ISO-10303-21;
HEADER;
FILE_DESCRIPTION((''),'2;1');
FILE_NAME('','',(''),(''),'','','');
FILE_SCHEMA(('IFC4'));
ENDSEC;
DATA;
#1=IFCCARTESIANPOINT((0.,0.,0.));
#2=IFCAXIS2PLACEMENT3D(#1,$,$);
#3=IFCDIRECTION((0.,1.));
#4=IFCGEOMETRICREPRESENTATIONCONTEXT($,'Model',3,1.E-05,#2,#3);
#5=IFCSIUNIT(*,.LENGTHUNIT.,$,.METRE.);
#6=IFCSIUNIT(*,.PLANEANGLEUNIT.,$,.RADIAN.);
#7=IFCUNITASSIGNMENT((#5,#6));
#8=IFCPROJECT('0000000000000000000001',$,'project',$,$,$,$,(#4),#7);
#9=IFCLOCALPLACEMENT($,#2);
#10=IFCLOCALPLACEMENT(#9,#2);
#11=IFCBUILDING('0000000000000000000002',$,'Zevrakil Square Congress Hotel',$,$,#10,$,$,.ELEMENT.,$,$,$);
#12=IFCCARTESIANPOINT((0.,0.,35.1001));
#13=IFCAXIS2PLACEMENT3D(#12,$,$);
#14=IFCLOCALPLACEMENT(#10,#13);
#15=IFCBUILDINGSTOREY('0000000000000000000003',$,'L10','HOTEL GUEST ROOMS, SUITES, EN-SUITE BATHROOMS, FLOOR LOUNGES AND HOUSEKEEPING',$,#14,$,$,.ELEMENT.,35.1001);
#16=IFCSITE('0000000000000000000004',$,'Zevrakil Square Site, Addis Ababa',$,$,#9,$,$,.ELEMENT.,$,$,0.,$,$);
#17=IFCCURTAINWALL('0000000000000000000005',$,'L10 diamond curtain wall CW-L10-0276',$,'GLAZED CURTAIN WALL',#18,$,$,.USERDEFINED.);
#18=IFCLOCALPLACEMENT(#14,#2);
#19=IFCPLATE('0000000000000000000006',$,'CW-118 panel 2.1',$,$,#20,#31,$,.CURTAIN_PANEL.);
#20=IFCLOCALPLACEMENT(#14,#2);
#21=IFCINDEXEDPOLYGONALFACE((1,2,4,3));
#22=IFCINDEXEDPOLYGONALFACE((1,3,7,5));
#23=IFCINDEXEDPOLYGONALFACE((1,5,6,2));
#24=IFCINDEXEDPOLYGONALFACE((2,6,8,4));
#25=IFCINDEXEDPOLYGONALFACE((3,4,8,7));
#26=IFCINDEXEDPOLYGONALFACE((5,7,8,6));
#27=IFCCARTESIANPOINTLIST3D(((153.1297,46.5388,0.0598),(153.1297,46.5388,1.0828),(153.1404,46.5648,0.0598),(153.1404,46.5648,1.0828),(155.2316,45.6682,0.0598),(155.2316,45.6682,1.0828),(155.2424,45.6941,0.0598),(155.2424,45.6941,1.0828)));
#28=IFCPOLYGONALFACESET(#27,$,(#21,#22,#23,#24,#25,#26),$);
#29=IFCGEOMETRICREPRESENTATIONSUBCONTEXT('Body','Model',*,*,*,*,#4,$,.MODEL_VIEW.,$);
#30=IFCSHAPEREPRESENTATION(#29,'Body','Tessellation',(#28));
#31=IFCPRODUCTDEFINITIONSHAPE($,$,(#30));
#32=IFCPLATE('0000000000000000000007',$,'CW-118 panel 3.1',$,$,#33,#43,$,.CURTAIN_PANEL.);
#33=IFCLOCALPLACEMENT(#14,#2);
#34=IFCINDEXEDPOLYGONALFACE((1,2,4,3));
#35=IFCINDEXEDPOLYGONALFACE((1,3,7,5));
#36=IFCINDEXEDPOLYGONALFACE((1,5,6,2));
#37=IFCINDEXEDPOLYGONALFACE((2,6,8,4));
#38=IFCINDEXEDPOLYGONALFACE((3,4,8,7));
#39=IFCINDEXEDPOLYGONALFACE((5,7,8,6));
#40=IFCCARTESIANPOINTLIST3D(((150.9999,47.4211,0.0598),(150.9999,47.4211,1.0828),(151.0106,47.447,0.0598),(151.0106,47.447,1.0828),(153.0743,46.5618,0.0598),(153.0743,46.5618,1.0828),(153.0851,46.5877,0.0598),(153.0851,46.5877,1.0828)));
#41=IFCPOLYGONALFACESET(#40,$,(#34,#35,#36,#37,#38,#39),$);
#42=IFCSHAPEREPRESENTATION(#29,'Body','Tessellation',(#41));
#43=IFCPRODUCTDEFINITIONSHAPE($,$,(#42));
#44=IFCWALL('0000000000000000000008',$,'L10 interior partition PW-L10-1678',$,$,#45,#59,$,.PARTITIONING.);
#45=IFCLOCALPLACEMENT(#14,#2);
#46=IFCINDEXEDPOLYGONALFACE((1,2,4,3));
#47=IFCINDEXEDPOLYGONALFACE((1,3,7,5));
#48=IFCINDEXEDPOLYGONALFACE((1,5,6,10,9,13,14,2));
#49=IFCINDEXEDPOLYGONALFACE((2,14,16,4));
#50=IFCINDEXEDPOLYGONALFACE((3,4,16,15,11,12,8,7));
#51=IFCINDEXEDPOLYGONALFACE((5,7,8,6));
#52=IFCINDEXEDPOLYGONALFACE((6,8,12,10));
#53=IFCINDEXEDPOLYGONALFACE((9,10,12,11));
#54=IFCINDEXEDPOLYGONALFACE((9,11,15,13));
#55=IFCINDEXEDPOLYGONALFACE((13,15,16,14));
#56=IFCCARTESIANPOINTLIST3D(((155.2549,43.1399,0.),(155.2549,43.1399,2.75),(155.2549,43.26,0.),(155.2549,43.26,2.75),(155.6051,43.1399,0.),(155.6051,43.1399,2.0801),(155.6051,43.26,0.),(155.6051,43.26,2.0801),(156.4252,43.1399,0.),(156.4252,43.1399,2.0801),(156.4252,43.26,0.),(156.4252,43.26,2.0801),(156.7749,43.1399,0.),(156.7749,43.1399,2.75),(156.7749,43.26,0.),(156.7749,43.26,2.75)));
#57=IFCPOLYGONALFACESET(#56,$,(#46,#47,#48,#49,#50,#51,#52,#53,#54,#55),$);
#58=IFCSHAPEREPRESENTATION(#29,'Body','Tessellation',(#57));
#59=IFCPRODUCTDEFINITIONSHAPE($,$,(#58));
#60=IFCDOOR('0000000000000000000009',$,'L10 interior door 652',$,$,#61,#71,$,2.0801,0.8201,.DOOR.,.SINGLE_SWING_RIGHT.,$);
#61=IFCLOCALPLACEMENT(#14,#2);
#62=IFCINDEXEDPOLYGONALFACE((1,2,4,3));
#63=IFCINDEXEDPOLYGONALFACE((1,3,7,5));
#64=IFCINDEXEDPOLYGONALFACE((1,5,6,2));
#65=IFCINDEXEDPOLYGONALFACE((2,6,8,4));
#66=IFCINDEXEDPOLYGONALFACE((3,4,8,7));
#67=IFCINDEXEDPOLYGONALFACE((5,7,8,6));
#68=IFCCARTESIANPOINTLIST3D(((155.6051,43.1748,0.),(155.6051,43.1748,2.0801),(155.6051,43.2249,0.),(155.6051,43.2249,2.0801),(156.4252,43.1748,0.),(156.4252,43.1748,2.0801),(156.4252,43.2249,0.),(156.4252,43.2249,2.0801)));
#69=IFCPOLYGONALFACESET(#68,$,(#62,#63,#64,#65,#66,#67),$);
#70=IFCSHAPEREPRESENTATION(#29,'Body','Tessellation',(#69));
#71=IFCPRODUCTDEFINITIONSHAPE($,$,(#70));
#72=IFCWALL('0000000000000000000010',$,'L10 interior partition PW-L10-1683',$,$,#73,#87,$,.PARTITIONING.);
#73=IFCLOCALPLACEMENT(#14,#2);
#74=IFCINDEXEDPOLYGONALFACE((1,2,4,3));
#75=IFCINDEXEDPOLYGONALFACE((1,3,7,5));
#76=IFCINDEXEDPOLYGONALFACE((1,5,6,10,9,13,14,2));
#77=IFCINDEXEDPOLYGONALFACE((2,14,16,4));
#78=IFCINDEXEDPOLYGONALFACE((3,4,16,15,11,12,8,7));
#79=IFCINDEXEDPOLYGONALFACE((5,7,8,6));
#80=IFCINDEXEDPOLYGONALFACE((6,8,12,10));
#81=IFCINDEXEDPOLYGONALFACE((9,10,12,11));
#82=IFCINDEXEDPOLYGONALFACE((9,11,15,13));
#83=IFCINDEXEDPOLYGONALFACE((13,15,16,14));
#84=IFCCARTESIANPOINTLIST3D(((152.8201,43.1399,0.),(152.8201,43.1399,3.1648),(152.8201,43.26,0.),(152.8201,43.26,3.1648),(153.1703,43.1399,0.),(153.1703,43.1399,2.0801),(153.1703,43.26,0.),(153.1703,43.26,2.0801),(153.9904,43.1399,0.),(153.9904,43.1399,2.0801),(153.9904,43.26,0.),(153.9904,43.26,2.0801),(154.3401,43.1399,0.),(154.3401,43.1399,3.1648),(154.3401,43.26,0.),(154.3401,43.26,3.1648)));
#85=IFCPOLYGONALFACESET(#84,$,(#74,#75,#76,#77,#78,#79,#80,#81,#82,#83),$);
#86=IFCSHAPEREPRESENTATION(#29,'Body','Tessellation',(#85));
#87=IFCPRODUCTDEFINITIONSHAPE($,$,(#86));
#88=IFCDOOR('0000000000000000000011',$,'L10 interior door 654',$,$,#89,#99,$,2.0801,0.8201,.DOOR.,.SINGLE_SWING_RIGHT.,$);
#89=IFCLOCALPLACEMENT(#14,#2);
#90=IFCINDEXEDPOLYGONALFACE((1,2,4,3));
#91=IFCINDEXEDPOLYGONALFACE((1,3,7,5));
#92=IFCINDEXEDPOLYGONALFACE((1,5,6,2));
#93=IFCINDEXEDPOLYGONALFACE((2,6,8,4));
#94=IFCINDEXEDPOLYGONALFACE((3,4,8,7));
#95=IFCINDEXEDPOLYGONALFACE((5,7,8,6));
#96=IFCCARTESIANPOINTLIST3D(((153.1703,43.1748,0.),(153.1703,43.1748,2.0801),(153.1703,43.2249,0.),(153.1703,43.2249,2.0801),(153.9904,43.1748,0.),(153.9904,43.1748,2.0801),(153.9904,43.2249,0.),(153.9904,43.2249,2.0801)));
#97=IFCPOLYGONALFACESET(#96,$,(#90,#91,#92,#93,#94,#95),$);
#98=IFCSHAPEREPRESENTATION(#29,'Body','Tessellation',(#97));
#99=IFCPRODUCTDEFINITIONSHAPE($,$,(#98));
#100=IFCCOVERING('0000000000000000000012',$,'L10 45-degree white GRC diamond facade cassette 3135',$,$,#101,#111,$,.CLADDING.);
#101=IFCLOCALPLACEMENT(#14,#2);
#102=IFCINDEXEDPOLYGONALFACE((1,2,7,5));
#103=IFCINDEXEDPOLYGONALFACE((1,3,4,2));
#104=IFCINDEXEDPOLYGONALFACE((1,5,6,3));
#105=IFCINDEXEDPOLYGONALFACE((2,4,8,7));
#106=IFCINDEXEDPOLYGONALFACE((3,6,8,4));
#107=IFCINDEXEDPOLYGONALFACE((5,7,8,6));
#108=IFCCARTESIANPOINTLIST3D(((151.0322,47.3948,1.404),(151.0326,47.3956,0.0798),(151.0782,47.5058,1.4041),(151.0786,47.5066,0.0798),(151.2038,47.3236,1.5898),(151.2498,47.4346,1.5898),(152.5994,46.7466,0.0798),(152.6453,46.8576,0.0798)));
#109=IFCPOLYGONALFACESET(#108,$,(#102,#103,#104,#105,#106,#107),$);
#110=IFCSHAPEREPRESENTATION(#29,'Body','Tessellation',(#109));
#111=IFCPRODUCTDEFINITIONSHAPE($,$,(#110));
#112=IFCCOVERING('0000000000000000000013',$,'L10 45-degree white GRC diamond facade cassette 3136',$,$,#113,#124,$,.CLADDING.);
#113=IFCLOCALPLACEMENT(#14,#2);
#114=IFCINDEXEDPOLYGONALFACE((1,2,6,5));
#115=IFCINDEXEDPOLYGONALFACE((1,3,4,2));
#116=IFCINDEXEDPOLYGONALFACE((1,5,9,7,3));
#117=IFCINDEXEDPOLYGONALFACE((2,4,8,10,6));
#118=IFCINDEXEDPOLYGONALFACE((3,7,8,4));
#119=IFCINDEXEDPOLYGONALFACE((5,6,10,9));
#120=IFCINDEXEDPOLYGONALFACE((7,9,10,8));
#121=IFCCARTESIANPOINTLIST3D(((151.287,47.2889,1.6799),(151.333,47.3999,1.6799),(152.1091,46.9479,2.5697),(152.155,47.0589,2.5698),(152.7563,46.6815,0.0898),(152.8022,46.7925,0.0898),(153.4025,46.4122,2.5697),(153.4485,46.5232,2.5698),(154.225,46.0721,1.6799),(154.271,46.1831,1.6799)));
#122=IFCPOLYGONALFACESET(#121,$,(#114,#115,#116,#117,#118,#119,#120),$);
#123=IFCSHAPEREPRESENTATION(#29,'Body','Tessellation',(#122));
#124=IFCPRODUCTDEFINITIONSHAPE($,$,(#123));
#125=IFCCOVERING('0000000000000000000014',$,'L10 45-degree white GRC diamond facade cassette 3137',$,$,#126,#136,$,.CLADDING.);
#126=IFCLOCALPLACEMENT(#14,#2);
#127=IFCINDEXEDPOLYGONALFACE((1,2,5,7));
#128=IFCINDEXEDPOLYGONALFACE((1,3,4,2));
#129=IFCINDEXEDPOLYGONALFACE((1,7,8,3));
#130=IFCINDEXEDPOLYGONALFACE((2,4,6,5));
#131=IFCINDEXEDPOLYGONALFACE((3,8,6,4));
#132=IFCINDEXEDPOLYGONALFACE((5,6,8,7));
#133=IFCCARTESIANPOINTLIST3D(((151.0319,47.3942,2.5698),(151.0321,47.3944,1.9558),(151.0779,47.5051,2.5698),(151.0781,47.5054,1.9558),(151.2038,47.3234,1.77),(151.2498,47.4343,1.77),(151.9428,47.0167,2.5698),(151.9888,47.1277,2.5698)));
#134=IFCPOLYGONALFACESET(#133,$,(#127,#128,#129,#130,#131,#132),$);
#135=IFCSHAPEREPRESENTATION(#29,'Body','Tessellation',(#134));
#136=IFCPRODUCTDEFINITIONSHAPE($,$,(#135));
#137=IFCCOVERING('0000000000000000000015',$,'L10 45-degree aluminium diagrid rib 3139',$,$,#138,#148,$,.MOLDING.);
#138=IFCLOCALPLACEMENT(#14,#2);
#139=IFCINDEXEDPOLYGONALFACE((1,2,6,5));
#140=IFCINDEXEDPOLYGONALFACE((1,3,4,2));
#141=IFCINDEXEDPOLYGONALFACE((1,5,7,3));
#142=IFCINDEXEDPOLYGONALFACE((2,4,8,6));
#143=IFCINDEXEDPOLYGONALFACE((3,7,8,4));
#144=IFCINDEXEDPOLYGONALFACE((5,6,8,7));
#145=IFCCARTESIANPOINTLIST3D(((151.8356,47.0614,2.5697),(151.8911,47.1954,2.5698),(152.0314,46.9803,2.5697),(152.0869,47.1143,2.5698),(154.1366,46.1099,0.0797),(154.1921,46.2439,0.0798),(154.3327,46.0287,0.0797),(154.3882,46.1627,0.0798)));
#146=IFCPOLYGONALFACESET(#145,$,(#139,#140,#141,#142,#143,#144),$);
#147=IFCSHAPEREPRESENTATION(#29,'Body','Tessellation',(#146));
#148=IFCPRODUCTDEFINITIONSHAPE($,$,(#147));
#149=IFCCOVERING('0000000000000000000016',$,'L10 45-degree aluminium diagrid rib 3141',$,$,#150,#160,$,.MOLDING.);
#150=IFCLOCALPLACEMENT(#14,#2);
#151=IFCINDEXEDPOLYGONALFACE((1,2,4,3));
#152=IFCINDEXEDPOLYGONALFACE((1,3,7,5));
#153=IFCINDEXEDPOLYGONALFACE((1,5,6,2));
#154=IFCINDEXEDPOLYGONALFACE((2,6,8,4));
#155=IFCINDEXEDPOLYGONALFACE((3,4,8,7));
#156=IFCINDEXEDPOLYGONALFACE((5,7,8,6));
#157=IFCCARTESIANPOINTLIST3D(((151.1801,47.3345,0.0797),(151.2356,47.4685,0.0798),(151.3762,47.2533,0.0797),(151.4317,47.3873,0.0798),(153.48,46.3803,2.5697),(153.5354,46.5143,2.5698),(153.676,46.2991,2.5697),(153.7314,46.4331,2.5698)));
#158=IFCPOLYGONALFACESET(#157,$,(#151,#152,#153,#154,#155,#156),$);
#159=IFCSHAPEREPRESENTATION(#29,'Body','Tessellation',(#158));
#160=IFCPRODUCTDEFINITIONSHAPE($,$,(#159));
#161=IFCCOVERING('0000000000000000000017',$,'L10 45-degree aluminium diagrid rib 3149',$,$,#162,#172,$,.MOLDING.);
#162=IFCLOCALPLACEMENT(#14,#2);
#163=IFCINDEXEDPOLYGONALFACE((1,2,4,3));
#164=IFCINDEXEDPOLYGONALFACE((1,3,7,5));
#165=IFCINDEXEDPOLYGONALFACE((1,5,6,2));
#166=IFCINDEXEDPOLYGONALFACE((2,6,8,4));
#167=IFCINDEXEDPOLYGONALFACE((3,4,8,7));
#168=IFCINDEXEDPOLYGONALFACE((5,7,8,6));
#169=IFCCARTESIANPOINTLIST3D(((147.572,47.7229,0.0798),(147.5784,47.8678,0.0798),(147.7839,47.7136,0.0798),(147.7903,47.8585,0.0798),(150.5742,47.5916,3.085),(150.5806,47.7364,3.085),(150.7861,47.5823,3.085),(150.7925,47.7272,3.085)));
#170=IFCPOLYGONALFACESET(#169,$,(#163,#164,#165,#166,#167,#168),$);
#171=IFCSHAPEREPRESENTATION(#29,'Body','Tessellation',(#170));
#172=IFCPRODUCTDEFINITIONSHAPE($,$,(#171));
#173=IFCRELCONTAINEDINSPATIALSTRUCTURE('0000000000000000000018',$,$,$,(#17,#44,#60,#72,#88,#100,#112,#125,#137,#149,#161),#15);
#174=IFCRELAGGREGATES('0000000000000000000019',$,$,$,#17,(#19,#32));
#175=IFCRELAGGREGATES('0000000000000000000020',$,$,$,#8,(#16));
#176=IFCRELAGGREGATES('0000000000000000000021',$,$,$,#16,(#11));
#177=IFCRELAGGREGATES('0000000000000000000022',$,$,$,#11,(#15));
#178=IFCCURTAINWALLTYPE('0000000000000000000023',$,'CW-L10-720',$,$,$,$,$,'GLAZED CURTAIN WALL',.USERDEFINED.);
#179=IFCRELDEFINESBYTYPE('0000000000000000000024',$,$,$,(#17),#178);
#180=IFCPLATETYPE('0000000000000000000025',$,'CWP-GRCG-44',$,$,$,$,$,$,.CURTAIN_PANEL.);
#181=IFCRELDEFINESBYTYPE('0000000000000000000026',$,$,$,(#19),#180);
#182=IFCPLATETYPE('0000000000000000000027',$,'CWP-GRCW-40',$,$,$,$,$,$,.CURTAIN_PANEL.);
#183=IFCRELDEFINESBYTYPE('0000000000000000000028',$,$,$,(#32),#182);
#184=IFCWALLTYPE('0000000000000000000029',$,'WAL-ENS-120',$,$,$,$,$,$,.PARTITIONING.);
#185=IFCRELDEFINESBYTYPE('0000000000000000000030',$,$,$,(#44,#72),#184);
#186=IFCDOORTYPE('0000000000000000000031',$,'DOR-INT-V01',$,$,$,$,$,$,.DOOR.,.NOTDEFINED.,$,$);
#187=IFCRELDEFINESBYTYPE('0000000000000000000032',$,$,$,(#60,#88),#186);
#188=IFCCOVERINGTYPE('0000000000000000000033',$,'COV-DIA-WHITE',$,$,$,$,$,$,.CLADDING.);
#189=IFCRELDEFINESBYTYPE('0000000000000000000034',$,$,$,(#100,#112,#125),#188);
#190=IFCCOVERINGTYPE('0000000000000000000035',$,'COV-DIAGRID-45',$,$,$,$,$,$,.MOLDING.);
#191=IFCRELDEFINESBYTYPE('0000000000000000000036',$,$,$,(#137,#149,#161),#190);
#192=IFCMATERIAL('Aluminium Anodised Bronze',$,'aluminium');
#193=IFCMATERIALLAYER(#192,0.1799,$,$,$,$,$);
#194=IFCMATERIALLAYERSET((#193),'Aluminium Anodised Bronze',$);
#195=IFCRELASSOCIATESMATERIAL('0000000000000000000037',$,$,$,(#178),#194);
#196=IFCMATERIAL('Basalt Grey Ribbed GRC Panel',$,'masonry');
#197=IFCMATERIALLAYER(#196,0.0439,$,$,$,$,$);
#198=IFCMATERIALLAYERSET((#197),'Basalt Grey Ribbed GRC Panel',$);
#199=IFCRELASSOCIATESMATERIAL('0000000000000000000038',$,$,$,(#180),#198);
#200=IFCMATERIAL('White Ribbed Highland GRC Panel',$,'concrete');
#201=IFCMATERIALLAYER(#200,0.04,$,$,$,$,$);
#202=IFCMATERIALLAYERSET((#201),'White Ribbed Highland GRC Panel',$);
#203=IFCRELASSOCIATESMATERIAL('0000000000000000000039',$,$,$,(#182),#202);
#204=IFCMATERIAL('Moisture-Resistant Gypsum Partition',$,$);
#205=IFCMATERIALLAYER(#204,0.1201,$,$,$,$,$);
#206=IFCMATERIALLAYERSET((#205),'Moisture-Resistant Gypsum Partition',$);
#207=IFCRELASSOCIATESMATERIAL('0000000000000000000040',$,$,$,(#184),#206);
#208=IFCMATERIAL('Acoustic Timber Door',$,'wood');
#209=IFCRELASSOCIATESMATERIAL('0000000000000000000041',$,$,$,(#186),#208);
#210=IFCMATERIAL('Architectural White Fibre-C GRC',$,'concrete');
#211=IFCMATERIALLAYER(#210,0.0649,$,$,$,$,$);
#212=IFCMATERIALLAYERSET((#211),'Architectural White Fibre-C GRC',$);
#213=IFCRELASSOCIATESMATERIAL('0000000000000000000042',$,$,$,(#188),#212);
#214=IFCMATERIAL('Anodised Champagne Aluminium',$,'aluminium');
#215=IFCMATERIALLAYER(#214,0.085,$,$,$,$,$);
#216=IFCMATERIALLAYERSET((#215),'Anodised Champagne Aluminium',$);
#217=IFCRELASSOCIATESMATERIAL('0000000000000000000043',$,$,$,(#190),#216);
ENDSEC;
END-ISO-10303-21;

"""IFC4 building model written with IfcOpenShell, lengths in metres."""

from ifc_helpers import new_model, si_unit, direction, frame, frame_2d, origin, origin_2d, place, context, subcontext, project, spatial, polyline, rectangle, outline, extrude, material, layer, layer_set, type_object, element, fill, aggregate, save


model = new_model("IFC4")

# Units and contexts
model_context = context("Model", 3, precision=1e-05, world=origin(), true_north=direction((0.0, 1.0)))
body_context = subcontext(model_context, "Body", "Model", "MODEL_VIEW")
ifc_project = project(units=[si_unit("LENGTHUNIT", "METRE"), si_unit("PLANEANGLEUNIT", "RADIAN")], contexts=[model_context])

# Site, building, storey
site_placement = place(None, origin())
site = spatial("IfcSite", under=ifc_project, at=site_placement, Name="Zevrakil Square Site, Addis Ababa", CompositionType="ELEMENT", RefElevation=0.0)
building_placement = place(site_placement, origin())
building = spatial("IfcBuilding", under=site, at=building_placement, Name="Zevrakil Square Congress Hotel", CompositionType="ELEMENT")
storey_placement = place(building_placement, frame((0.0, 0.0, 35.1001)))
storey = spatial("IfcBuildingStorey", under=building, at=storey_placement, Name="L10", Description="HOTEL GUEST ROOMS, SUITES, EN-SUITE BATHROOMS, FLOOR LOUNGES AND HOUSEKEEPING", CompositionType="ELEMENT", Elevation=35.1001)

# Curtain wall
ifc_material_1 = material(Name="Aluminium Anodised Bronze", Category="aluminium")
ifc_layer_1 = layer(ifc_material_1, 0.1799)
ifc_layer_set_1 = layer_set([ifc_layer_1], Name="Aluminium Anodised Bronze")
curtain_wall_type_1 = type_object("IfcCurtainWallType", Name="CW-L10-720", ElementType="GLAZED CURTAIN WALL", PredefinedType="USERDEFINED", material=ifc_layer_set_1)
curtain_wall_1_placement = place(storey_placement, origin())
curtain_wall_1 = element("IfcCurtainWall", 1, at=curtain_wall_1_placement, inside=storey, type_object=curtain_wall_type_1, Name="L10 diamond curtain wall CW-L10-0276", ObjectType="GLAZED CURTAIN WALL", PredefinedType="USERDEFINED")

# Plates
ifc_material_2 = material(Name="Basalt Grey Ribbed GRC Panel", Category="masonry")
ifc_layer_2 = layer(ifc_material_2, 0.0439)
ifc_layer_set_2 = layer_set([ifc_layer_2], Name="Basalt Grey Ribbed GRC Panel")
plate_type_1 = type_object("IfcPlateType", Name="CWP-GRCG-44", PredefinedType="CURTAIN_PANEL", material=ifc_layer_set_2)
plate_1_placement = place(storey_placement, frame((154.186, 46.1165, 0.0598), z_axis=(0.0, 0.0, 1.0), x_axis=(-0.923879, 0.382684, 0.0)))
plate_1 = element("IfcPlate", 2, at=plate_1_placement, type_object=plate_type_1, Name="CW-118 panel 2.1", PredefinedType="CURTAIN_PANEL", context=body_context, shape_type="SweptSolid", body=[
    extrude(rectangle(XDim=2.2751, YDim=0.0281, at=origin_2d()), origin(), (0.0, 0.0, 1.0), 1.0229),
])
ifc_material_3 = material(Name="White Ribbed Highland GRC Panel", Category="concrete")
ifc_layer_3 = layer(ifc_material_3, 0.04)
ifc_layer_set_3 = layer_set([ifc_layer_3], Name="White Ribbed Highland GRC Panel")
plate_type_2 = type_object("IfcPlateType", Name="CWP-GRCW-40", PredefinedType="CURTAIN_PANEL", material=ifc_layer_set_3)
plate_2_placement = place(storey_placement, frame((152.0425, 47.0044, 0.0598), z_axis=(0.0, 0.0, 1.0), x_axis=(-0.923879, 0.382684, 0.0)))
plate_2 = element("IfcPlate", 3, at=plate_2_placement, type_object=plate_type_2, Name="CW-118 panel 3.1", PredefinedType="CURTAIN_PANEL", context=body_context, shape_type="SweptSolid", body=[
    extrude(rectangle(XDim=2.2454, YDim=0.0281, at=origin_2d()), origin(), (0.0, 0.0, 1.0), 1.0229),
])
aggregate(curtain_wall_1, [plate_1, plate_2])

# Walls, openings, doors
ifc_material_4 = material(Name="Moisture-Resistant Gypsum Partition")
ifc_layer_4 = layer(ifc_material_4, 0.1201)
ifc_layer_set_4 = layer_set([ifc_layer_4], Name="Moisture-Resistant Gypsum Partition")
wall_type = type_object("IfcWallType", Name="WAL-ENS-120", PredefinedType="PARTITIONING", material=ifc_layer_set_4)
wall_1_placement = place(storey_placement, frame((155.2549, 43.2, 0.0), z_axis=(0.0, 0.0, 1.0), x_axis=(1.0, 0.0, 0.0)))
wall_1 = element("IfcWall", 4, at=wall_1_placement, inside=storey, type_object=wall_type, Name="L10 interior partition PW-L10-1678", PredefinedType="PARTITIONING", context=body_context, shape_type="SweptSolid", body=[
    extrude(rectangle(XDim=1.52, YDim=0.1201, at=frame_2d((0.76, 0.0))), origin(), (0.0, 0.0, 1.0), 2.75),
])
opening_1_placement = place(wall_1_placement, frame((0.3501, 0.0, 0.0)))
opening_1 = element("IfcOpeningElement", 5, at=opening_1_placement, cuts=wall_1, PredefinedType="OPENING", context=body_context, shape_type="SweptSolid", body=[
    extrude(rectangle(XDim=0.8201, YDim=2.0801, at=frame_2d((0.4102, 1.04))), frame((0.0, 0.0701, 0.0), z_axis=(0.0, -1.0, 0.0), x_axis=(1.0, 0.0, 0.0)), (0.0, 0.0, 1.0), 0.1401),
])
ifc_material_5 = material(Name="Acoustic Timber Door", Category="wood")
door_type = type_object("IfcDoorType", Name="DOR-INT-V01", OperationType="NOTDEFINED", PredefinedType="DOOR", material=ifc_material_5)
door_1_placement = place(opening_1_placement, origin())
door_1 = element("IfcDoor", 6, at=door_1_placement, inside=storey, type_object=door_type, Name="L10 interior door 652", OperationType="SINGLE_SWING_RIGHT", OverallHeight=2.0801, OverallWidth=0.8201, PredefinedType="DOOR", context=body_context, shape_type="SweptSolid", body=[
    extrude(rectangle(XDim=0.8201, YDim=2.0801, at=frame_2d((0.4102, 1.04))), frame((0.0, 0.0249, 0.0), z_axis=(0.0, -1.0, 0.0), x_axis=(1.0, 0.0, 0.0)), (0.0, 0.0, 1.0), 0.05),
])
fill(opening_1, door_1)
wall_2_placement = place(storey_placement, frame((152.8201, 43.2, 0.0), z_axis=(0.0, 0.0, 1.0), x_axis=(1.0, 0.0, 0.0)))
wall_2 = element("IfcWall", 7, at=wall_2_placement, inside=storey, type_object=wall_type, Name="L10 interior partition PW-L10-1683", PredefinedType="PARTITIONING", context=body_context, shape_type="SweptSolid", body=[
    extrude(rectangle(XDim=1.52, YDim=0.1201, at=frame_2d((0.76, 0.0))), origin(), (0.0, 0.0, 1.0), 3.1648),
])
opening_2_placement = place(wall_2_placement, frame((0.3501, 0.0, 0.0)))
opening_2 = element("IfcOpeningElement", 8, at=opening_2_placement, cuts=wall_2, PredefinedType="OPENING", context=body_context, shape_type="SweptSolid", body=[
    extrude(rectangle(XDim=0.8201, YDim=2.0801, at=frame_2d((0.4102, 1.04))), frame((0.0, 0.0701, 0.0), z_axis=(0.0, -1.0, 0.0), x_axis=(1.0, 0.0, 0.0)), (0.0, 0.0, 1.0), 0.1401),
])
door_2_placement = place(opening_2_placement, origin())
door_2 = element("IfcDoor", 9, at=door_2_placement, inside=storey, type_object=door_type, Name="L10 interior door 654", OperationType="SINGLE_SWING_RIGHT", OverallHeight=2.0801, OverallWidth=0.8201, PredefinedType="DOOR", context=body_context, shape_type="SweptSolid", body=[
    extrude(rectangle(XDim=0.8201, YDim=2.0801, at=frame_2d((0.4102, 1.04))), frame((0.0, 0.0249, 0.0), z_axis=(0.0, -1.0, 0.0), x_axis=(1.0, 0.0, 0.0)), (0.0, 0.0, 1.0), 0.05),
])
fill(opening_2, door_2)

# Coverings
ifc_material_6 = material(Name="Architectural White Fibre-C GRC", Category="concrete")
ifc_layer_5 = layer(ifc_material_6, 0.0649)
ifc_layer_set_5 = layer_set([ifc_layer_5], Name="Architectural White Fibre-C GRC")
covering_type_1 = type_object("IfcCoveringType", Name="COV-DIA-WHITE", PredefinedType="CLADDING", material=ifc_layer_set_5)
covering_1_placement = place(storey_placement, frame((151.2498, 47.4346, 1.5898), z_axis=(0.382709, 0.923869, 0.000689), x_axis=(-0.653022, 0.271039, -0.707177)))
element("IfcCovering", 10, at=covering_1_placement, inside=storey, type_object=covering_type_1, Name="L10 45-degree white GRC diamond facade cassette 3135", PredefinedType="CLADDING", context=body_context, shape_type="SweptSolid", body=[
    extrude(outline(polyline([(0.0, 0.0), (0.2627, 0.0), (1.1991, -0.9363), (0.0001, -2.1356), (0.0, 0.0)])), origin(), (0.0, 0.0, -1.0), 0.1201),
])
covering_2_placement = place(storey_placement, frame((151.333, 47.3999, 1.6799), z_axis=(0.382637, 0.923899, 0.00062), x_axis=(0.653414, -0.27014, -0.70716)))
element("IfcCovering", 11, at=covering_2_placement, inside=storey, type_object=covering_type_1, Name="L10 45-degree white GRC diamond facade cassette 3136", PredefinedType="CLADDING", context=body_context, shape_type="SweptSolid", body=[
    extrude(outline(polyline([(0.0, 0.0), (2.2486, 0.0), (2.2484, -2.2488), (0.9898, -2.2486), (0.0, -1.2586), (0.0, 0.0)])), origin(), (0.0, 0.0, -1.0), 0.1201),
])
covering_3_placement = place(storey_placement, frame((151.2498, 47.4343, 1.77), z_axis=(0.382822, 0.923822, 0.000488), x_axis=(0.653232, -0.271066, 0.706974)))
element("IfcCovering", 12, at=covering_3_placement, inside=storey, type_object=covering_type_1, Name="L10 45-degree white GRC diamond facade cassette 3137", PredefinedType="CLADDING", context=body_context, shape_type="SweptSolid", body=[
    extrude(outline(polyline([(0.0, 0.0), (1.1313, 0.0), (0.434, -0.6971), (0.0, -0.2627), (0.0, 0.0)])), origin(), (0.0, 0.0, -1.0), 0.1201),
])
ifc_material_7 = material(Name="Anodised Champagne Aluminium", Category="aluminium")
ifc_layer_6 = layer(ifc_material_7, 0.085)
ifc_layer_set_6 = layer_set([ifc_layer_6], Name="Anodised Champagne Aluminium")
covering_type_2 = type_object("IfcCoveringType", Name="COV-DIAGRID-45", PredefinedType="MOLDING", material=ifc_layer_set_6)
covering_4_placement = place(storey_placement, frame((154.1921, 46.2439, 0.0798), z_axis=(0.382775, 0.923841, 0.000704), x_axis=(0.923841, -0.382775, 0.0)))
element("IfcCovering", 13, at=covering_4_placement, inside=storey, type_object=covering_type_2, Name="L10 45-degree aluminium diagrid rib 3139", PredefinedType="MOLDING", context=body_context, shape_type="SweptSolid", body=[
    extrude(outline(polyline([(0.0, 0.0), (0.2122, 0.0), (-2.278, -2.49), (-2.49, -2.49), (0.0, 0.0)])), origin(), (0.0, 0.0, -1.0), 0.145),
])
covering_5_placement = place(storey_placement, frame((153.7314, 46.4331, 2.5698), z_axis=(0.382572, 0.923925, 0.000719), x_axis=(-0.923926, 0.382572, 0.0)))
element("IfcCovering", 14, at=covering_5_placement, inside=storey, type_object=covering_type_2, Name="L10 45-degree aluminium diagrid rib 3141", PredefinedType="MOLDING", context=body_context, shape_type="SweptSolid", body=[
    extrude(outline(polyline([(0.0, 0.0), (0.2121, 0.0), (2.7021, -2.49), (2.4899, -2.49), (0.0, 0.0)])), origin(), (0.0, 0.0, -1.0), 0.145),
])
covering_6_placement = place(storey_placement, frame((150.7861, 47.5823, 3.085), z_axis=(-0.043737, -0.999043, 0.000028), x_axis=(-0.999043, 0.043737, 0.0)))
element("IfcCovering", 15, at=covering_6_placement, inside=storey, type_object=covering_type_2, Name="L10 45-degree aluminium diagrid rib 3149", PredefinedType="MOLDING", context=body_context, shape_type="SweptSolid", body=[
    extrude(outline(polyline([(0.0, 0.0), (0.2121, 0.0), (3.2172, 3.0051), (3.0051, 3.0051), (0.0, 0.0)])), origin(), (0.0, 0.0, -1.0), 0.145),
])

save(model, "model.ifc")
